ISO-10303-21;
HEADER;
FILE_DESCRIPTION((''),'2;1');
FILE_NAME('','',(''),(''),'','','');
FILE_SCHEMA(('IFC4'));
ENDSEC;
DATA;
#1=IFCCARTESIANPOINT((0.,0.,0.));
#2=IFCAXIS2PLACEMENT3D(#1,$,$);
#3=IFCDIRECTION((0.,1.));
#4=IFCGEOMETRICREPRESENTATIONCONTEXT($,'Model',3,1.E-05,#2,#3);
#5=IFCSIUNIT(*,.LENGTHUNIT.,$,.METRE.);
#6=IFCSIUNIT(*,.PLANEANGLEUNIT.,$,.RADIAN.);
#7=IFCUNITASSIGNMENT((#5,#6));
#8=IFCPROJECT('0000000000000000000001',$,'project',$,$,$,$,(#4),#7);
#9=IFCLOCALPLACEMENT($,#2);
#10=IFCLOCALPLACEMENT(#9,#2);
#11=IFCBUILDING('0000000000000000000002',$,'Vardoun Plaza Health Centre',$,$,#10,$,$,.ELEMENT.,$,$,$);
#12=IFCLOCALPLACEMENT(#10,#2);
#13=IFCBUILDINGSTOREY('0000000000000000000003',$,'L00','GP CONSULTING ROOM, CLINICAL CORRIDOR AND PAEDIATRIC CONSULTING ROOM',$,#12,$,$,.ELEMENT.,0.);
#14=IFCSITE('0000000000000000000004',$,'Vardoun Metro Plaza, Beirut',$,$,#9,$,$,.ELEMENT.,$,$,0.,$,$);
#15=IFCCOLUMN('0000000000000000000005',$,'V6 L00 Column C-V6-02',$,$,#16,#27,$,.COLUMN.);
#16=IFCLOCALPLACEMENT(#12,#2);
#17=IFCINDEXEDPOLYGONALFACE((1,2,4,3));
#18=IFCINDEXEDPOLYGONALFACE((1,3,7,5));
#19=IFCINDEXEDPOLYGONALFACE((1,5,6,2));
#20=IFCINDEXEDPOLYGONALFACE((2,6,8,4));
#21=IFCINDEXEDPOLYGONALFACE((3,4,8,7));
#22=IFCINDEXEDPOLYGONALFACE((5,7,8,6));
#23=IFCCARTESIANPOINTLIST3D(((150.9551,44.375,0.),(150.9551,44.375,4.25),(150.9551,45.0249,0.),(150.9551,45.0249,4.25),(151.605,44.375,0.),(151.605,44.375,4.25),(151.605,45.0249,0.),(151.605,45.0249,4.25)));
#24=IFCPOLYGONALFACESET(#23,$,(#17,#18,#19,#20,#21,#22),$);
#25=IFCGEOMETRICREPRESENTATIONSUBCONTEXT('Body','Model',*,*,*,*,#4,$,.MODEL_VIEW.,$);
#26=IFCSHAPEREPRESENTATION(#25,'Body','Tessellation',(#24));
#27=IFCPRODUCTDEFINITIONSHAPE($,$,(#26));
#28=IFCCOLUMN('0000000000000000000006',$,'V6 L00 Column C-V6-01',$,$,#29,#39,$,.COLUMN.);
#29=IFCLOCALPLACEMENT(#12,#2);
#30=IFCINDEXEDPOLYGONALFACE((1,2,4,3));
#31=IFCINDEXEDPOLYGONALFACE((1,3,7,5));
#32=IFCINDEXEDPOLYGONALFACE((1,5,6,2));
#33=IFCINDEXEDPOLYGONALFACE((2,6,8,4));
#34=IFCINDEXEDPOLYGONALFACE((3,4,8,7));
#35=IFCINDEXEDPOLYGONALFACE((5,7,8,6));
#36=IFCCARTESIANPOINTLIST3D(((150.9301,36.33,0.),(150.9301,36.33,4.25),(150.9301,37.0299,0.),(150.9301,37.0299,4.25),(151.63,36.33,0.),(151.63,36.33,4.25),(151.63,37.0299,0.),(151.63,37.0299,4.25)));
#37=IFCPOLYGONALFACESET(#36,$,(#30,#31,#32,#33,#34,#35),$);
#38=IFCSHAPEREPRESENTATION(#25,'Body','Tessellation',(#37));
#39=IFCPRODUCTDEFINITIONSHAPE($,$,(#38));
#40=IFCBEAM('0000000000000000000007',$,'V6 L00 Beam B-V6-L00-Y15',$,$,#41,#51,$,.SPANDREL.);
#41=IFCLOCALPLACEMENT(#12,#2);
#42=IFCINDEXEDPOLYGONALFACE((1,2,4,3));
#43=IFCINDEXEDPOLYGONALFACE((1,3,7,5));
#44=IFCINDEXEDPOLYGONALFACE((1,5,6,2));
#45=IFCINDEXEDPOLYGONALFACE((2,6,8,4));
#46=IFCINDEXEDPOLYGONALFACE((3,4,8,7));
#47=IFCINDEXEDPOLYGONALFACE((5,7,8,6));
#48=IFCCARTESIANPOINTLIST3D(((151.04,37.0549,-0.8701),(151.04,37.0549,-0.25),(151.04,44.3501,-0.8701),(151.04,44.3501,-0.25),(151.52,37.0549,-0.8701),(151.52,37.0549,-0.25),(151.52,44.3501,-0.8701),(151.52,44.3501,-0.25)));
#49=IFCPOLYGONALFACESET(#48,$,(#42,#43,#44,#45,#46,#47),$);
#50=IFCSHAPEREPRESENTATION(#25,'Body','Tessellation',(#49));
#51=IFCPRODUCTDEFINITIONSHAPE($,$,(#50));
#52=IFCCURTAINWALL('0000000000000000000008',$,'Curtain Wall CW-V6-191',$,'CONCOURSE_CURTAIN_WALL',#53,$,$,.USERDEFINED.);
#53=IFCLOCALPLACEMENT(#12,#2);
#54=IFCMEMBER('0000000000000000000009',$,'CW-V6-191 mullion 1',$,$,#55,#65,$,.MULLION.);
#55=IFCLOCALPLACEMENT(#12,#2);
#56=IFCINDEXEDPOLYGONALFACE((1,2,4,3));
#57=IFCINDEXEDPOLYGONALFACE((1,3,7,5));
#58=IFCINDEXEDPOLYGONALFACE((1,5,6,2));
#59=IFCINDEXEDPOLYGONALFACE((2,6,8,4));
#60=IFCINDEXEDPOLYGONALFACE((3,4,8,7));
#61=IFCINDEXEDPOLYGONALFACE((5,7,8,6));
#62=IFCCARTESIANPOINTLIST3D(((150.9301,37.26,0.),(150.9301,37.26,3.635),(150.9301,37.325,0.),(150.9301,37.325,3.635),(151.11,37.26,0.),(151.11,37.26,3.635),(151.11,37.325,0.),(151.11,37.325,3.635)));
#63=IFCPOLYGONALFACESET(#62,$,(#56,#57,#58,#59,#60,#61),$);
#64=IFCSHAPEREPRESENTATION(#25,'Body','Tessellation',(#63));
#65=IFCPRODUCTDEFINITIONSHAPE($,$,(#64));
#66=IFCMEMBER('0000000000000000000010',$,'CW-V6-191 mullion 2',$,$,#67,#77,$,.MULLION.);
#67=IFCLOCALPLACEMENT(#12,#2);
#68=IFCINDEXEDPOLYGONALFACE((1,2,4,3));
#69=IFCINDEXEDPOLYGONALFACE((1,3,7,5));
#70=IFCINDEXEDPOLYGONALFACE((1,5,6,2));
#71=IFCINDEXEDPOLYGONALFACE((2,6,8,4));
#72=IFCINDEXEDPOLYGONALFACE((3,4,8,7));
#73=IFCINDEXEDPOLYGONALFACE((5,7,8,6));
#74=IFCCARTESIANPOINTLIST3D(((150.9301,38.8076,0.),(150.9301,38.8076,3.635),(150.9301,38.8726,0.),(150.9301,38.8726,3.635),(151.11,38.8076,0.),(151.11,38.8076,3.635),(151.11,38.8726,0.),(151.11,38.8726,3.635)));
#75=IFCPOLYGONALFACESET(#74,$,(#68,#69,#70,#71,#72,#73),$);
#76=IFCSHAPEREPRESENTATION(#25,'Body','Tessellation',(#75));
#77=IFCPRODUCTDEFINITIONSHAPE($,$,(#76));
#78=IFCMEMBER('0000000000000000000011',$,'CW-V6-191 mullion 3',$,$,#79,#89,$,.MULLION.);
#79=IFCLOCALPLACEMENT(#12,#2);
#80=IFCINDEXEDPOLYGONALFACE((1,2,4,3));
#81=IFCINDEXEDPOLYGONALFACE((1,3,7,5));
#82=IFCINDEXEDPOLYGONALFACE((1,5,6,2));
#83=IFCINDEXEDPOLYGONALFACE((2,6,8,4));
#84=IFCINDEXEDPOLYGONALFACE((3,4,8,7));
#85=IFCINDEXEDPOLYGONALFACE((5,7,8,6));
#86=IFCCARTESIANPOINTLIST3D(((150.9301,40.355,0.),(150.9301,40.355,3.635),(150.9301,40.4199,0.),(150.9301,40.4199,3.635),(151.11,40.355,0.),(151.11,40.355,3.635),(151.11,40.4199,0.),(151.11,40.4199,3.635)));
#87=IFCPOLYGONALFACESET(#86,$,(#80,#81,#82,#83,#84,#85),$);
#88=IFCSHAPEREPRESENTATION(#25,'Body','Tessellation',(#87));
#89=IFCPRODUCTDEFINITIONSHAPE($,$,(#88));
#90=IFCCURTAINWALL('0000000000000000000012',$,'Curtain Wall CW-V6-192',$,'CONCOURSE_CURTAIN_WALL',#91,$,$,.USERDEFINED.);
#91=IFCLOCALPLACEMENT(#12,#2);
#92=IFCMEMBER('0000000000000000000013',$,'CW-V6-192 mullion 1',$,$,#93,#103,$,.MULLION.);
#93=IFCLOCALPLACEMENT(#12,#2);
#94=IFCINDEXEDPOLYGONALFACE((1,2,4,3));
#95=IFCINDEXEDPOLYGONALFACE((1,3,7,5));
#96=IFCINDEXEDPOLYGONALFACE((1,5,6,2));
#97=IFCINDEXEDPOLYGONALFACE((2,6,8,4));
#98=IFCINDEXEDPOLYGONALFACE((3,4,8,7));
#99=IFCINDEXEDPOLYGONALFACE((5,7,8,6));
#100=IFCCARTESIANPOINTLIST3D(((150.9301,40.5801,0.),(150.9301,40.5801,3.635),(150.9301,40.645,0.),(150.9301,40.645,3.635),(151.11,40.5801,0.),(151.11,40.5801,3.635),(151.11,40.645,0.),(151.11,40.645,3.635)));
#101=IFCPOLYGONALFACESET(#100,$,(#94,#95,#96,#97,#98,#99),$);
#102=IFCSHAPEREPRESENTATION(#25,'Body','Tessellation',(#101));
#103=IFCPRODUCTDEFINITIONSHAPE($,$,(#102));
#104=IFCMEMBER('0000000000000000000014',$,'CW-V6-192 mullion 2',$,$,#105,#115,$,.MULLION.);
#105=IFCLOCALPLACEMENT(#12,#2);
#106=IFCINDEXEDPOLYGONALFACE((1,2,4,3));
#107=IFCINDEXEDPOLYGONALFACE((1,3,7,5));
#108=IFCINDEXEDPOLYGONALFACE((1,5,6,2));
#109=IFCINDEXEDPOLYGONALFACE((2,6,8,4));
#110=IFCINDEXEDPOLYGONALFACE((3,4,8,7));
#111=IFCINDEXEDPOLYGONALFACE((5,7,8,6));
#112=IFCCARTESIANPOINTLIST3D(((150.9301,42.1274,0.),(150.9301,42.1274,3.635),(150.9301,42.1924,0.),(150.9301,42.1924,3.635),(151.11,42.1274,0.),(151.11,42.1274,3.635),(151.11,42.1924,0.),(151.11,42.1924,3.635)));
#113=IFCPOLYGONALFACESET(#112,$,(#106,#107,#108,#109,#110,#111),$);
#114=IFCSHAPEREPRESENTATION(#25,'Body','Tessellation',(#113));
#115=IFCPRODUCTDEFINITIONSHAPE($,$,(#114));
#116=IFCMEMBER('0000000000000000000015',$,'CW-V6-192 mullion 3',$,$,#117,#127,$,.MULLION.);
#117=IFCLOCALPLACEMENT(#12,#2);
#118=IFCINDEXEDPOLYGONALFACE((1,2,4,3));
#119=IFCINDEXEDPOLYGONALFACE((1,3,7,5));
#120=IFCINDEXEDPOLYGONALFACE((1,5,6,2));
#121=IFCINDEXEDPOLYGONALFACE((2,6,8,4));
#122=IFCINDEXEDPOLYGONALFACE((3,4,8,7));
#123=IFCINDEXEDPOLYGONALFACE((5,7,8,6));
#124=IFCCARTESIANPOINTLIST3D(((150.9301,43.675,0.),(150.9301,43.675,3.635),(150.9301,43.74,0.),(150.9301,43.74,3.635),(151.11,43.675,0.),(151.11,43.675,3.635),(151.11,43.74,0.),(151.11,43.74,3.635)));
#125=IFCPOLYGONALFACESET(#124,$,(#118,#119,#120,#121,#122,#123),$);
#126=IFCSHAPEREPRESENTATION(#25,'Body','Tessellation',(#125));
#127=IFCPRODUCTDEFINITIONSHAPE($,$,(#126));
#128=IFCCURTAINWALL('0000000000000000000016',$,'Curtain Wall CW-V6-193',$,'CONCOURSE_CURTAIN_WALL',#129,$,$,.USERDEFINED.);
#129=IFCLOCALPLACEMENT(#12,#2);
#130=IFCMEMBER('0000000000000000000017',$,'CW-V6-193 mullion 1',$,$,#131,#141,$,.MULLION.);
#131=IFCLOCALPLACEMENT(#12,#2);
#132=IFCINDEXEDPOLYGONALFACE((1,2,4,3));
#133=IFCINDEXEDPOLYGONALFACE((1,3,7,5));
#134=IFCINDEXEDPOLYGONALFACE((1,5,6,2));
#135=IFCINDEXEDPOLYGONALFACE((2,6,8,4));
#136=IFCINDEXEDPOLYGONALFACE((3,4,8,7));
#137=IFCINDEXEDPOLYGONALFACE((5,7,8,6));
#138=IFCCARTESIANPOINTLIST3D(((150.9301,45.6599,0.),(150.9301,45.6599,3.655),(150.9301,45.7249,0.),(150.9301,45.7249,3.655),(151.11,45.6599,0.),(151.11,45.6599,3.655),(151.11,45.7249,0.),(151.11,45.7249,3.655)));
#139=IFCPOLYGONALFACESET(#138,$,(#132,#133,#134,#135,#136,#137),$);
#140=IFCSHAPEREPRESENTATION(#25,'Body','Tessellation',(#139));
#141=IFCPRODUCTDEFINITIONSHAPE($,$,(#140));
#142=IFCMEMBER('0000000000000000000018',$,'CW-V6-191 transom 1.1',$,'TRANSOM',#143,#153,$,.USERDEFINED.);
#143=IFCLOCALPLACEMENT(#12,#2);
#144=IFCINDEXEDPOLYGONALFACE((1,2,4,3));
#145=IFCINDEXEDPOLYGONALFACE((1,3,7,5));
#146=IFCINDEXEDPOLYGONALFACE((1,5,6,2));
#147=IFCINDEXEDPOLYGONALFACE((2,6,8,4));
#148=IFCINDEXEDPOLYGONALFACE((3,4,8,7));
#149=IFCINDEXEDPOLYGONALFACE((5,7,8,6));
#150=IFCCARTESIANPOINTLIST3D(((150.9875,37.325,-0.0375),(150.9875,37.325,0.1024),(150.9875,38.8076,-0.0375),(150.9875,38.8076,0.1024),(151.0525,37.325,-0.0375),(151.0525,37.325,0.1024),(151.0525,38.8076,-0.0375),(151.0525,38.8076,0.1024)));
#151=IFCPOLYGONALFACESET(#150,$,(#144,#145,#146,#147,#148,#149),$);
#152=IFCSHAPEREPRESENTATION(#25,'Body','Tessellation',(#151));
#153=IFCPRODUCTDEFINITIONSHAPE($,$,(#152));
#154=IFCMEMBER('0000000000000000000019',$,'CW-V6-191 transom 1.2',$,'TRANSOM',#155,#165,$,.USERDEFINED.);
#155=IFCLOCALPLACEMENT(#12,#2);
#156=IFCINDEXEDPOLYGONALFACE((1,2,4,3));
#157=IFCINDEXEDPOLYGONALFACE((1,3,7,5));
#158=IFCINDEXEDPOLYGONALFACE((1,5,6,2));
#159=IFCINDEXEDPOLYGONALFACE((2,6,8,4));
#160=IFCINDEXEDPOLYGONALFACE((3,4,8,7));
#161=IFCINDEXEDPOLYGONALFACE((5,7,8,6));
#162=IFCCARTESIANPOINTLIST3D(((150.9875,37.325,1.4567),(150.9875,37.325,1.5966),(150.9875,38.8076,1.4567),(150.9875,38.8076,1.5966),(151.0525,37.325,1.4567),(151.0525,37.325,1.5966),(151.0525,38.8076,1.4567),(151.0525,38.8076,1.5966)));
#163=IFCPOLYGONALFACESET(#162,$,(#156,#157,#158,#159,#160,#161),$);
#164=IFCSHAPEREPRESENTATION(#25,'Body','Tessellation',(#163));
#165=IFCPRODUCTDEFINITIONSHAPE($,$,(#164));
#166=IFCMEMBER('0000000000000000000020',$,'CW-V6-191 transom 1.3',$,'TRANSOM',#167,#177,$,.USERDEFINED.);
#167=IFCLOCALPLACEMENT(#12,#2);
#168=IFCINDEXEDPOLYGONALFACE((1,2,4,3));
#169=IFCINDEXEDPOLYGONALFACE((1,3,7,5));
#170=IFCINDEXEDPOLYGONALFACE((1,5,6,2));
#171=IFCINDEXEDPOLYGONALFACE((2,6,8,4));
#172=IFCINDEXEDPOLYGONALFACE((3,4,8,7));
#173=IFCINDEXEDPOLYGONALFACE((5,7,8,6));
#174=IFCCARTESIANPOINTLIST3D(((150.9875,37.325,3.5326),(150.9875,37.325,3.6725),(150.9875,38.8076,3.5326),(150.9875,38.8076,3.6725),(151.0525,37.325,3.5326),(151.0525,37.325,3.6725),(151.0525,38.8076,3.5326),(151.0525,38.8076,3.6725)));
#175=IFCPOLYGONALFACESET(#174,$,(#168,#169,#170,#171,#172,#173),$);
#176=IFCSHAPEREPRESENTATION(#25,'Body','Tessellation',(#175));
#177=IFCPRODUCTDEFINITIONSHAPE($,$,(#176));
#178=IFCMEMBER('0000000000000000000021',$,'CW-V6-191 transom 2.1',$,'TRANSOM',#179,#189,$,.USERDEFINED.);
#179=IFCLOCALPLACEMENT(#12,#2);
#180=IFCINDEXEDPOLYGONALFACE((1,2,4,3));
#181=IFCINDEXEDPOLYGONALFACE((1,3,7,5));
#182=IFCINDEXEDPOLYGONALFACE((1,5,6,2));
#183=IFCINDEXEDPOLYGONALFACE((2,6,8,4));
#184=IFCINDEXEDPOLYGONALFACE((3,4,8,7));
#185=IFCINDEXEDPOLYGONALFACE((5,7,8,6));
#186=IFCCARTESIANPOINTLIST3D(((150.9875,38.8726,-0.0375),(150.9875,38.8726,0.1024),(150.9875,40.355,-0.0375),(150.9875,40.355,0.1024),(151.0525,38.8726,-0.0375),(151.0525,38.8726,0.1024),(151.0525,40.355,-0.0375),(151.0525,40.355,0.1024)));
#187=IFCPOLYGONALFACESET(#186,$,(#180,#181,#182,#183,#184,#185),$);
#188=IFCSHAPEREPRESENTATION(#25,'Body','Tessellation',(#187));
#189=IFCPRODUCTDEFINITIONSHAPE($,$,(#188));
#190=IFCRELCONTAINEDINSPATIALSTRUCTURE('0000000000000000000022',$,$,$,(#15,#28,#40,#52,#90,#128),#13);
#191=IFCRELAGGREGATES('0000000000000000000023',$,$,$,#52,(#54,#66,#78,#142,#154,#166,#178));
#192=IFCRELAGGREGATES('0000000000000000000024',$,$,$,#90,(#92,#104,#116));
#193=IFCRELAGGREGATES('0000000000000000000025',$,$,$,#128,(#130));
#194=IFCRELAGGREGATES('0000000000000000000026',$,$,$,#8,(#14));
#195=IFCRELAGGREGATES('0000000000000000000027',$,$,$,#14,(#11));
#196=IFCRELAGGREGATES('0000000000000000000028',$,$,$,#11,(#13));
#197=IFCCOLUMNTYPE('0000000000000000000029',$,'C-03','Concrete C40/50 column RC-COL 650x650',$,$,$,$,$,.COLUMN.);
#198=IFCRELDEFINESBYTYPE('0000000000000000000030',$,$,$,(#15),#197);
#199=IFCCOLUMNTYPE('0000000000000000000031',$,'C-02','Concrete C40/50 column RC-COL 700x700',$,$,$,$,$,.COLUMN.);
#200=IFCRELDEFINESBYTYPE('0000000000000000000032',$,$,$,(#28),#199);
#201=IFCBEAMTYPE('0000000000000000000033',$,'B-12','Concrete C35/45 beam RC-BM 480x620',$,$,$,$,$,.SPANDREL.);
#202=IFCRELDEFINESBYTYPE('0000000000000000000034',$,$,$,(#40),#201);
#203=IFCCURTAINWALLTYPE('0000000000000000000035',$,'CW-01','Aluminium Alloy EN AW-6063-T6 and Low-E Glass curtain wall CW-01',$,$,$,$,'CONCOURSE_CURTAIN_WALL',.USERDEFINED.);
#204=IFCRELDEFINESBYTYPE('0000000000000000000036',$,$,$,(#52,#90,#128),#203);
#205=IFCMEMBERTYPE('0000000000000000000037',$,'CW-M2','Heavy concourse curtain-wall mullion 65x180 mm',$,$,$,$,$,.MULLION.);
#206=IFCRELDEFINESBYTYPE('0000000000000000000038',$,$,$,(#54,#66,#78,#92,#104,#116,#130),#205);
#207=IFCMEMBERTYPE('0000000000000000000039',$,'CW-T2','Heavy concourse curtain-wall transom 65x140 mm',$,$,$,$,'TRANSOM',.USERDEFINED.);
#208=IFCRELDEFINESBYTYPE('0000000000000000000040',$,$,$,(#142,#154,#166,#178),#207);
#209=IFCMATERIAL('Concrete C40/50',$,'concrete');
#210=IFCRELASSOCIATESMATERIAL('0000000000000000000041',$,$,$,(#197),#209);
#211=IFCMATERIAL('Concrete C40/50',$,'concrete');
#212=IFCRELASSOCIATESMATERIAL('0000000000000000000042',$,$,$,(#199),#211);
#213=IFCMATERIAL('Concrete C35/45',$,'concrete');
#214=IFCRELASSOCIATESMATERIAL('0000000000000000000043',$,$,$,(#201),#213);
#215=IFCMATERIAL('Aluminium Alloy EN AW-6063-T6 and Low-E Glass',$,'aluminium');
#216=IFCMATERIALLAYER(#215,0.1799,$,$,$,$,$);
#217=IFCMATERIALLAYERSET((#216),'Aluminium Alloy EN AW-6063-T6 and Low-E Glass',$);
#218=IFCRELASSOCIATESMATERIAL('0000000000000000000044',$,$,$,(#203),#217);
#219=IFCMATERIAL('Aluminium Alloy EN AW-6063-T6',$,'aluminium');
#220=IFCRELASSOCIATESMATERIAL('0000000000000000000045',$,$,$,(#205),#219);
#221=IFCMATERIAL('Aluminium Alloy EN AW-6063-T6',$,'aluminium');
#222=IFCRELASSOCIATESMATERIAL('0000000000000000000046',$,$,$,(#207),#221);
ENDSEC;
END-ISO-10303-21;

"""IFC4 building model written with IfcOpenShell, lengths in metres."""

from ifc_helpers import new_model, si_unit, direction, frame, origin, origin_2d, place, context, subcontext, project, spatial, rectangle, extrude, material, layer, layer_set, material_profile, profile_set, type_object, element, aggregate, save


model = new_model("IFC4")

# Units and contexts
model_context = context("Model", 3, precision=1e-05, world=origin(), true_north=direction((0.0, 1.0)))
body_context = subcontext(model_context, "Body", "Model", "MODEL_VIEW")
ifc_project = project(units=[si_unit("LENGTHUNIT", "METRE"), si_unit("PLANEANGLEUNIT", "RADIAN")], contexts=[model_context])

# Site, building, storey
site_placement = place(None, origin())
site = spatial("IfcSite", under=ifc_project, at=site_placement, Name="Vardoun Metro Plaza, Beirut", CompositionType="ELEMENT", RefElevation=0.0)
building_placement = place(site_placement, origin())
building = spatial("IfcBuilding", under=site, at=building_placement, Name="Vardoun Plaza Health Centre", CompositionType="ELEMENT")
storey_placement = place(building_placement, origin())
storey = spatial("IfcBuildingStorey", under=building, at=storey_placement, Name="L00", Description="GP CONSULTING ROOM, CLINICAL CORRIDOR AND PAEDIATRIC CONSULTING ROOM", CompositionType="ELEMENT", Elevation=0.0)

# Columns
ifc_material_1 = material(Name="Concrete C40/50", Category="concrete")
ifc_material_profile_1 = material_profile(ifc_material_1, rectangle(XDim=0.6499, YDim=0.6499, at=origin_2d()), Name="RC-COL 650x650")
ifc_profile_set_1 = profile_set([ifc_material_profile_1], Name="Concrete C40/50")
column_type_1 = type_object("IfcColumnType", Name="C-03", Description="Concrete C40/50 column RC-COL 650x650", PredefinedType="COLUMN", material=ifc_profile_set_1)
column_1_placement = place(storey_placement, frame((151.28, 44.7, 0.0), z_axis=(0.0, 0.0, 1.0), x_axis=(1.0, 0.0, 0.0)))
element("IfcColumn", 1, at=column_1_placement, inside=storey, type_object=column_type_1, Name="V6 L00 Column C-V6-02", PredefinedType="COLUMN", context=body_context, shape_type="SweptSolid", body=[
    extrude(rectangle(XDim=0.6499, YDim=0.6499, at=origin_2d()), origin(), (0.0, 0.0, 1.0), 4.25),
])
ifc_material_2 = material(Name="Concrete C40/50", Category="concrete")
ifc_material_profile_2 = material_profile(ifc_material_2, rectangle(XDim=0.7, YDim=0.7, at=origin_2d()), Name="RC-COL 700x700")
ifc_profile_set_2 = profile_set([ifc_material_profile_2], Name="Concrete C40/50")
column_type_2 = type_object("IfcColumnType", Name="C-02", Description="Concrete C40/50 column RC-COL 700x700", PredefinedType="COLUMN", material=ifc_profile_set_2)
column_2_placement = place(storey_placement, frame((151.28, 36.6799, 0.0), z_axis=(0.0, 0.0, 1.0), x_axis=(1.0, 0.0, 0.0)))
element("IfcColumn", 2, at=column_2_placement, inside=storey, type_object=column_type_2, Name="V6 L00 Column C-V6-01", PredefinedType="COLUMN", context=body_context, shape_type="SweptSolid", body=[
    extrude(rectangle(XDim=0.7, YDim=0.7, at=origin_2d()), origin(), (0.0, 0.0, 1.0), 4.25),
])

# Beam
ifc_material_3 = material(Name="Concrete C35/45", Category="concrete")
ifc_material_profile_3 = material_profile(ifc_material_3, rectangle(XDim=0.48, YDim=0.6201, at=origin_2d()), Name="RC-BM 480x620")
ifc_profile_set_3 = profile_set([ifc_material_profile_3], Name="Concrete C35/45")
beam_type = type_object("IfcBeamType", Name="B-12", Description="Concrete C35/45 beam RC-BM 480x620", PredefinedType="SPANDREL", material=ifc_profile_set_3)
beam_placement = place(storey_placement, frame((151.28, 37.0549, -0.5601), z_axis=(0.0, 1.0, 0.0), x_axis=(-1.0, 0.0, 0.0)))
element("IfcBeam", 3, at=beam_placement, inside=storey, type_object=beam_type, Name="V6 L00 Beam B-V6-L00-Y15", PredefinedType="SPANDREL", context=body_context, shape_type="SweptSolid", body=[
    extrude(rectangle(XDim=0.48, YDim=0.6201, at=origin_2d()), origin(), (0.0, 0.0, 1.0), 7.2952),
])

# Curtain walls, members
ifc_material_4 = material(Name="Aluminium Alloy EN AW-6063-T6 and Low-E Glass", Category="aluminium")
ifc_layer_1 = layer(ifc_material_4, 0.1799)
ifc_layer_set_1 = layer_set([ifc_layer_1], Name="Aluminium Alloy EN AW-6063-T6 and Low-E Glass")
curtain_wall_type = type_object("IfcCurtainWallType", Name="CW-01", Description="Aluminium Alloy EN AW-6063-T6 and Low-E Glass curtain wall CW-01", ElementType="CONCOURSE_CURTAIN_WALL", PredefinedType="USERDEFINED", material=ifc_layer_set_1)
curtain_wall_1_placement = place(storey_placement, origin())
curtain_wall_1 = element("IfcCurtainWall", 4, at=curtain_wall_1_placement, inside=storey, type_object=curtain_wall_type, Name="Curtain Wall CW-V6-191", ObjectType="CONCOURSE_CURTAIN_WALL", PredefinedType="USERDEFINED")
ifc_material_5 = material(Name="Aluminium Alloy EN AW-6063-T6", Category="aluminium")
ifc_material_profile_4 = material_profile(ifc_material_5, rectangle(XDim=0.1799, YDim=0.0649, at=origin_2d()), Name="CWM 65x180")
ifc_profile_set_4 = profile_set([ifc_material_profile_4], Name="Aluminium Alloy EN AW-6063-T6")
member_type_1 = type_object("IfcMemberType", Name="CW-M2", Description="Heavy concourse curtain-wall mullion 65x180 mm", PredefinedType="MULLION", material=ifc_profile_set_4)
member_1_placement = place(storey_placement, frame((151.02, 37.2925, 0.0), z_axis=(0.0, 0.0, 1.0), x_axis=(-1.0, 0.0, 0.0)))
member_1 = element("IfcMember", 5, at=member_1_placement, type_object=member_type_1, Name="CW-V6-191 mullion 1", PredefinedType="MULLION", context=body_context, shape_type="SweptSolid", body=[
    extrude(rectangle(XDim=0.1799, YDim=0.0649, at=origin_2d()), origin(), (0.0, 0.0, 1.0), 3.635),
])
member_2_placement = place(storey_placement, frame((151.02, 38.8401, 0.0), z_axis=(0.0, 0.0, 1.0), x_axis=(-1.0, 0.0, 0.0)))
member_2 = element("IfcMember", 6, at=member_2_placement, type_object=member_type_1, Name="CW-V6-191 mullion 2", PredefinedType="MULLION", context=body_context, shape_type="SweptSolid", body=[
    extrude(rectangle(XDim=0.1799, YDim=0.0649, at=origin_2d()), origin(), (0.0, 0.0, 1.0), 3.635),
])
member_3_placement = place(storey_placement, frame((151.02, 40.3875, 0.0), z_axis=(0.0, 0.0, 1.0), x_axis=(-1.0, 0.0, 0.0)))
member_3 = element("IfcMember", 7, at=member_3_placement, type_object=member_type_1, Name="CW-V6-191 mullion 3", PredefinedType="MULLION", context=body_context, shape_type="SweptSolid", body=[
    extrude(rectangle(XDim=0.1799, YDim=0.0649, at=origin_2d()), origin(), (0.0, 0.0, 1.0), 3.635),
])
curtain_wall_2_placement = place(storey_placement, origin())
curtain_wall_2 = element("IfcCurtainWall", 8, at=curtain_wall_2_placement, inside=storey, type_object=curtain_wall_type, Name="Curtain Wall CW-V6-192", ObjectType="CONCOURSE_CURTAIN_WALL", PredefinedType="USERDEFINED")
member_4_placement = place(storey_placement, frame((151.02, 40.6125, 0.0), z_axis=(0.0, 0.0, 1.0), x_axis=(-1.0, 0.0, 0.0)))
member_4 = element("IfcMember", 9, at=member_4_placement, type_object=member_type_1, Name="CW-V6-192 mullion 1", PredefinedType="MULLION", context=body_context, shape_type="SweptSolid", body=[
    extrude(rectangle(XDim=0.1799, YDim=0.0649, at=origin_2d()), origin(), (0.0, 0.0, 1.0), 3.635),
])
member_5_placement = place(storey_placement, frame((151.02, 42.1599, 0.0), z_axis=(0.0, 0.0, 1.0), x_axis=(-1.0, 0.0, 0.0)))
member_5 = element("IfcMember", 10, at=member_5_placement, type_object=member_type_1, Name="CW-V6-192 mullion 2", PredefinedType="MULLION", context=body_context, shape_type="SweptSolid", body=[
    extrude(rectangle(XDim=0.1799, YDim=0.0649, at=origin_2d()), origin(), (0.0, 0.0, 1.0), 3.635),
])
member_6_placement = place(storey_placement, frame((151.02, 43.7075, 0.0), z_axis=(0.0, 0.0, 1.0), x_axis=(-1.0, 0.0, 0.0)))
member_6 = element("IfcMember", 11, at=member_6_placement, type_object=member_type_1, Name="CW-V6-192 mullion 3", PredefinedType="MULLION", context=body_context, shape_type="SweptSolid", body=[
    extrude(rectangle(XDim=0.1799, YDim=0.0649, at=origin_2d()), origin(), (0.0, 0.0, 1.0), 3.635),
])

# Curtain wall, member
curtain_wall_3_placement = place(storey_placement, origin())
curtain_wall_3 = element("IfcCurtainWall", 12, at=curtain_wall_3_placement, inside=storey, type_object=curtain_wall_type, Name="Curtain Wall CW-V6-193", ObjectType="CONCOURSE_CURTAIN_WALL", PredefinedType="USERDEFINED")
member_7_placement = place(storey_placement, frame((151.02, 45.6924, 0.0), z_axis=(0.0, 0.0, 1.0), x_axis=(-1.0, 0.0, 0.0)))
member_7 = element("IfcMember", 13, at=member_7_placement, type_object=member_type_1, Name="CW-V6-193 mullion 1", PredefinedType="MULLION", context=body_context, shape_type="SweptSolid", body=[
    extrude(rectangle(XDim=0.1799, YDim=0.0649, at=origin_2d()), origin(), (0.0, 0.0, 1.0), 3.655),
])

# Members
ifc_material_6 = material(Name="Aluminium Alloy EN AW-6063-T6", Category="aluminium")
ifc_material_profile_5 = material_profile(ifc_material_6, rectangle(XDim=0.0649, YDim=0.1399, at=origin_2d()), Name="CWT 65x140")
ifc_profile_set_5 = profile_set([ifc_material_profile_5], Name="Aluminium Alloy EN AW-6063-T6")
member_type_2 = type_object("IfcMemberType", Name="CW-T2", Description="Heavy concourse curtain-wall transom 65x140 mm", ElementType="TRANSOM", PredefinedType="USERDEFINED", material=ifc_profile_set_5)
member_8_placement = place(storey_placement, frame((151.02, 37.325, 0.0325), z_axis=(0.0, 1.0, 0.0), x_axis=(-1.0, 0.0, 0.0)))
member_8 = element("IfcMember", 14, at=member_8_placement, type_object=member_type_2, Name="CW-V6-191 transom 1.1", ObjectType="TRANSOM", PredefinedType="USERDEFINED", context=body_context, shape_type="SweptSolid", body=[
    extrude(rectangle(XDim=0.0649, YDim=0.1399, at=origin_2d()), origin(), (0.0, 0.0, 1.0), 1.4827),
])
member_9_placement = place(storey_placement, frame((151.02, 37.325, 1.5266), z_axis=(0.0, 1.0, 0.0), x_axis=(-1.0, 0.0, 0.0)))
member_9 = element("IfcMember", 15, at=member_9_placement, type_object=member_type_2, Name="CW-V6-191 transom 1.2", ObjectType="TRANSOM", PredefinedType="USERDEFINED", context=body_context, shape_type="SweptSolid", body=[
    extrude(rectangle(XDim=0.0649, YDim=0.1399, at=origin_2d()), origin(), (0.0, 0.0, 1.0), 1.4827),
])
member_10_placement = place(storey_placement, frame((151.02, 37.325, 3.6025), z_axis=(0.0, 1.0, 0.0), x_axis=(-1.0, 0.0, 0.0)))
member_10 = element("IfcMember", 16, at=member_10_placement, type_object=member_type_2, Name="CW-V6-191 transom 1.3", ObjectType="TRANSOM", PredefinedType="USERDEFINED", context=body_context, shape_type="SweptSolid", body=[
    extrude(rectangle(XDim=0.0649, YDim=0.1399, at=origin_2d()), origin(), (0.0, 0.0, 1.0), 1.4827),
])
member_11_placement = place(storey_placement, frame((151.02, 38.8726, 0.0325), z_axis=(0.0, 1.0, 0.0), x_axis=(-1.0, 0.0, 0.0)))
member_11 = element("IfcMember", 17, at=member_11_placement, type_object=member_type_2, Name="CW-V6-191 transom 2.1", ObjectType="TRANSOM", PredefinedType="USERDEFINED", context=body_context, shape_type="SweptSolid", body=[
    extrude(rectangle(XDim=0.0649, YDim=0.1399, at=origin_2d()), origin(), (0.0, 0.0, 1.0), 1.4824),
])

aggregate(curtain_wall_1, [member_1, member_2, member_3, member_8, member_9, member_10, member_11])
aggregate(curtain_wall_2, [member_4, member_5, member_6])
aggregate(curtain_wall_3, [member_7])

save(model, "model.ifc")
